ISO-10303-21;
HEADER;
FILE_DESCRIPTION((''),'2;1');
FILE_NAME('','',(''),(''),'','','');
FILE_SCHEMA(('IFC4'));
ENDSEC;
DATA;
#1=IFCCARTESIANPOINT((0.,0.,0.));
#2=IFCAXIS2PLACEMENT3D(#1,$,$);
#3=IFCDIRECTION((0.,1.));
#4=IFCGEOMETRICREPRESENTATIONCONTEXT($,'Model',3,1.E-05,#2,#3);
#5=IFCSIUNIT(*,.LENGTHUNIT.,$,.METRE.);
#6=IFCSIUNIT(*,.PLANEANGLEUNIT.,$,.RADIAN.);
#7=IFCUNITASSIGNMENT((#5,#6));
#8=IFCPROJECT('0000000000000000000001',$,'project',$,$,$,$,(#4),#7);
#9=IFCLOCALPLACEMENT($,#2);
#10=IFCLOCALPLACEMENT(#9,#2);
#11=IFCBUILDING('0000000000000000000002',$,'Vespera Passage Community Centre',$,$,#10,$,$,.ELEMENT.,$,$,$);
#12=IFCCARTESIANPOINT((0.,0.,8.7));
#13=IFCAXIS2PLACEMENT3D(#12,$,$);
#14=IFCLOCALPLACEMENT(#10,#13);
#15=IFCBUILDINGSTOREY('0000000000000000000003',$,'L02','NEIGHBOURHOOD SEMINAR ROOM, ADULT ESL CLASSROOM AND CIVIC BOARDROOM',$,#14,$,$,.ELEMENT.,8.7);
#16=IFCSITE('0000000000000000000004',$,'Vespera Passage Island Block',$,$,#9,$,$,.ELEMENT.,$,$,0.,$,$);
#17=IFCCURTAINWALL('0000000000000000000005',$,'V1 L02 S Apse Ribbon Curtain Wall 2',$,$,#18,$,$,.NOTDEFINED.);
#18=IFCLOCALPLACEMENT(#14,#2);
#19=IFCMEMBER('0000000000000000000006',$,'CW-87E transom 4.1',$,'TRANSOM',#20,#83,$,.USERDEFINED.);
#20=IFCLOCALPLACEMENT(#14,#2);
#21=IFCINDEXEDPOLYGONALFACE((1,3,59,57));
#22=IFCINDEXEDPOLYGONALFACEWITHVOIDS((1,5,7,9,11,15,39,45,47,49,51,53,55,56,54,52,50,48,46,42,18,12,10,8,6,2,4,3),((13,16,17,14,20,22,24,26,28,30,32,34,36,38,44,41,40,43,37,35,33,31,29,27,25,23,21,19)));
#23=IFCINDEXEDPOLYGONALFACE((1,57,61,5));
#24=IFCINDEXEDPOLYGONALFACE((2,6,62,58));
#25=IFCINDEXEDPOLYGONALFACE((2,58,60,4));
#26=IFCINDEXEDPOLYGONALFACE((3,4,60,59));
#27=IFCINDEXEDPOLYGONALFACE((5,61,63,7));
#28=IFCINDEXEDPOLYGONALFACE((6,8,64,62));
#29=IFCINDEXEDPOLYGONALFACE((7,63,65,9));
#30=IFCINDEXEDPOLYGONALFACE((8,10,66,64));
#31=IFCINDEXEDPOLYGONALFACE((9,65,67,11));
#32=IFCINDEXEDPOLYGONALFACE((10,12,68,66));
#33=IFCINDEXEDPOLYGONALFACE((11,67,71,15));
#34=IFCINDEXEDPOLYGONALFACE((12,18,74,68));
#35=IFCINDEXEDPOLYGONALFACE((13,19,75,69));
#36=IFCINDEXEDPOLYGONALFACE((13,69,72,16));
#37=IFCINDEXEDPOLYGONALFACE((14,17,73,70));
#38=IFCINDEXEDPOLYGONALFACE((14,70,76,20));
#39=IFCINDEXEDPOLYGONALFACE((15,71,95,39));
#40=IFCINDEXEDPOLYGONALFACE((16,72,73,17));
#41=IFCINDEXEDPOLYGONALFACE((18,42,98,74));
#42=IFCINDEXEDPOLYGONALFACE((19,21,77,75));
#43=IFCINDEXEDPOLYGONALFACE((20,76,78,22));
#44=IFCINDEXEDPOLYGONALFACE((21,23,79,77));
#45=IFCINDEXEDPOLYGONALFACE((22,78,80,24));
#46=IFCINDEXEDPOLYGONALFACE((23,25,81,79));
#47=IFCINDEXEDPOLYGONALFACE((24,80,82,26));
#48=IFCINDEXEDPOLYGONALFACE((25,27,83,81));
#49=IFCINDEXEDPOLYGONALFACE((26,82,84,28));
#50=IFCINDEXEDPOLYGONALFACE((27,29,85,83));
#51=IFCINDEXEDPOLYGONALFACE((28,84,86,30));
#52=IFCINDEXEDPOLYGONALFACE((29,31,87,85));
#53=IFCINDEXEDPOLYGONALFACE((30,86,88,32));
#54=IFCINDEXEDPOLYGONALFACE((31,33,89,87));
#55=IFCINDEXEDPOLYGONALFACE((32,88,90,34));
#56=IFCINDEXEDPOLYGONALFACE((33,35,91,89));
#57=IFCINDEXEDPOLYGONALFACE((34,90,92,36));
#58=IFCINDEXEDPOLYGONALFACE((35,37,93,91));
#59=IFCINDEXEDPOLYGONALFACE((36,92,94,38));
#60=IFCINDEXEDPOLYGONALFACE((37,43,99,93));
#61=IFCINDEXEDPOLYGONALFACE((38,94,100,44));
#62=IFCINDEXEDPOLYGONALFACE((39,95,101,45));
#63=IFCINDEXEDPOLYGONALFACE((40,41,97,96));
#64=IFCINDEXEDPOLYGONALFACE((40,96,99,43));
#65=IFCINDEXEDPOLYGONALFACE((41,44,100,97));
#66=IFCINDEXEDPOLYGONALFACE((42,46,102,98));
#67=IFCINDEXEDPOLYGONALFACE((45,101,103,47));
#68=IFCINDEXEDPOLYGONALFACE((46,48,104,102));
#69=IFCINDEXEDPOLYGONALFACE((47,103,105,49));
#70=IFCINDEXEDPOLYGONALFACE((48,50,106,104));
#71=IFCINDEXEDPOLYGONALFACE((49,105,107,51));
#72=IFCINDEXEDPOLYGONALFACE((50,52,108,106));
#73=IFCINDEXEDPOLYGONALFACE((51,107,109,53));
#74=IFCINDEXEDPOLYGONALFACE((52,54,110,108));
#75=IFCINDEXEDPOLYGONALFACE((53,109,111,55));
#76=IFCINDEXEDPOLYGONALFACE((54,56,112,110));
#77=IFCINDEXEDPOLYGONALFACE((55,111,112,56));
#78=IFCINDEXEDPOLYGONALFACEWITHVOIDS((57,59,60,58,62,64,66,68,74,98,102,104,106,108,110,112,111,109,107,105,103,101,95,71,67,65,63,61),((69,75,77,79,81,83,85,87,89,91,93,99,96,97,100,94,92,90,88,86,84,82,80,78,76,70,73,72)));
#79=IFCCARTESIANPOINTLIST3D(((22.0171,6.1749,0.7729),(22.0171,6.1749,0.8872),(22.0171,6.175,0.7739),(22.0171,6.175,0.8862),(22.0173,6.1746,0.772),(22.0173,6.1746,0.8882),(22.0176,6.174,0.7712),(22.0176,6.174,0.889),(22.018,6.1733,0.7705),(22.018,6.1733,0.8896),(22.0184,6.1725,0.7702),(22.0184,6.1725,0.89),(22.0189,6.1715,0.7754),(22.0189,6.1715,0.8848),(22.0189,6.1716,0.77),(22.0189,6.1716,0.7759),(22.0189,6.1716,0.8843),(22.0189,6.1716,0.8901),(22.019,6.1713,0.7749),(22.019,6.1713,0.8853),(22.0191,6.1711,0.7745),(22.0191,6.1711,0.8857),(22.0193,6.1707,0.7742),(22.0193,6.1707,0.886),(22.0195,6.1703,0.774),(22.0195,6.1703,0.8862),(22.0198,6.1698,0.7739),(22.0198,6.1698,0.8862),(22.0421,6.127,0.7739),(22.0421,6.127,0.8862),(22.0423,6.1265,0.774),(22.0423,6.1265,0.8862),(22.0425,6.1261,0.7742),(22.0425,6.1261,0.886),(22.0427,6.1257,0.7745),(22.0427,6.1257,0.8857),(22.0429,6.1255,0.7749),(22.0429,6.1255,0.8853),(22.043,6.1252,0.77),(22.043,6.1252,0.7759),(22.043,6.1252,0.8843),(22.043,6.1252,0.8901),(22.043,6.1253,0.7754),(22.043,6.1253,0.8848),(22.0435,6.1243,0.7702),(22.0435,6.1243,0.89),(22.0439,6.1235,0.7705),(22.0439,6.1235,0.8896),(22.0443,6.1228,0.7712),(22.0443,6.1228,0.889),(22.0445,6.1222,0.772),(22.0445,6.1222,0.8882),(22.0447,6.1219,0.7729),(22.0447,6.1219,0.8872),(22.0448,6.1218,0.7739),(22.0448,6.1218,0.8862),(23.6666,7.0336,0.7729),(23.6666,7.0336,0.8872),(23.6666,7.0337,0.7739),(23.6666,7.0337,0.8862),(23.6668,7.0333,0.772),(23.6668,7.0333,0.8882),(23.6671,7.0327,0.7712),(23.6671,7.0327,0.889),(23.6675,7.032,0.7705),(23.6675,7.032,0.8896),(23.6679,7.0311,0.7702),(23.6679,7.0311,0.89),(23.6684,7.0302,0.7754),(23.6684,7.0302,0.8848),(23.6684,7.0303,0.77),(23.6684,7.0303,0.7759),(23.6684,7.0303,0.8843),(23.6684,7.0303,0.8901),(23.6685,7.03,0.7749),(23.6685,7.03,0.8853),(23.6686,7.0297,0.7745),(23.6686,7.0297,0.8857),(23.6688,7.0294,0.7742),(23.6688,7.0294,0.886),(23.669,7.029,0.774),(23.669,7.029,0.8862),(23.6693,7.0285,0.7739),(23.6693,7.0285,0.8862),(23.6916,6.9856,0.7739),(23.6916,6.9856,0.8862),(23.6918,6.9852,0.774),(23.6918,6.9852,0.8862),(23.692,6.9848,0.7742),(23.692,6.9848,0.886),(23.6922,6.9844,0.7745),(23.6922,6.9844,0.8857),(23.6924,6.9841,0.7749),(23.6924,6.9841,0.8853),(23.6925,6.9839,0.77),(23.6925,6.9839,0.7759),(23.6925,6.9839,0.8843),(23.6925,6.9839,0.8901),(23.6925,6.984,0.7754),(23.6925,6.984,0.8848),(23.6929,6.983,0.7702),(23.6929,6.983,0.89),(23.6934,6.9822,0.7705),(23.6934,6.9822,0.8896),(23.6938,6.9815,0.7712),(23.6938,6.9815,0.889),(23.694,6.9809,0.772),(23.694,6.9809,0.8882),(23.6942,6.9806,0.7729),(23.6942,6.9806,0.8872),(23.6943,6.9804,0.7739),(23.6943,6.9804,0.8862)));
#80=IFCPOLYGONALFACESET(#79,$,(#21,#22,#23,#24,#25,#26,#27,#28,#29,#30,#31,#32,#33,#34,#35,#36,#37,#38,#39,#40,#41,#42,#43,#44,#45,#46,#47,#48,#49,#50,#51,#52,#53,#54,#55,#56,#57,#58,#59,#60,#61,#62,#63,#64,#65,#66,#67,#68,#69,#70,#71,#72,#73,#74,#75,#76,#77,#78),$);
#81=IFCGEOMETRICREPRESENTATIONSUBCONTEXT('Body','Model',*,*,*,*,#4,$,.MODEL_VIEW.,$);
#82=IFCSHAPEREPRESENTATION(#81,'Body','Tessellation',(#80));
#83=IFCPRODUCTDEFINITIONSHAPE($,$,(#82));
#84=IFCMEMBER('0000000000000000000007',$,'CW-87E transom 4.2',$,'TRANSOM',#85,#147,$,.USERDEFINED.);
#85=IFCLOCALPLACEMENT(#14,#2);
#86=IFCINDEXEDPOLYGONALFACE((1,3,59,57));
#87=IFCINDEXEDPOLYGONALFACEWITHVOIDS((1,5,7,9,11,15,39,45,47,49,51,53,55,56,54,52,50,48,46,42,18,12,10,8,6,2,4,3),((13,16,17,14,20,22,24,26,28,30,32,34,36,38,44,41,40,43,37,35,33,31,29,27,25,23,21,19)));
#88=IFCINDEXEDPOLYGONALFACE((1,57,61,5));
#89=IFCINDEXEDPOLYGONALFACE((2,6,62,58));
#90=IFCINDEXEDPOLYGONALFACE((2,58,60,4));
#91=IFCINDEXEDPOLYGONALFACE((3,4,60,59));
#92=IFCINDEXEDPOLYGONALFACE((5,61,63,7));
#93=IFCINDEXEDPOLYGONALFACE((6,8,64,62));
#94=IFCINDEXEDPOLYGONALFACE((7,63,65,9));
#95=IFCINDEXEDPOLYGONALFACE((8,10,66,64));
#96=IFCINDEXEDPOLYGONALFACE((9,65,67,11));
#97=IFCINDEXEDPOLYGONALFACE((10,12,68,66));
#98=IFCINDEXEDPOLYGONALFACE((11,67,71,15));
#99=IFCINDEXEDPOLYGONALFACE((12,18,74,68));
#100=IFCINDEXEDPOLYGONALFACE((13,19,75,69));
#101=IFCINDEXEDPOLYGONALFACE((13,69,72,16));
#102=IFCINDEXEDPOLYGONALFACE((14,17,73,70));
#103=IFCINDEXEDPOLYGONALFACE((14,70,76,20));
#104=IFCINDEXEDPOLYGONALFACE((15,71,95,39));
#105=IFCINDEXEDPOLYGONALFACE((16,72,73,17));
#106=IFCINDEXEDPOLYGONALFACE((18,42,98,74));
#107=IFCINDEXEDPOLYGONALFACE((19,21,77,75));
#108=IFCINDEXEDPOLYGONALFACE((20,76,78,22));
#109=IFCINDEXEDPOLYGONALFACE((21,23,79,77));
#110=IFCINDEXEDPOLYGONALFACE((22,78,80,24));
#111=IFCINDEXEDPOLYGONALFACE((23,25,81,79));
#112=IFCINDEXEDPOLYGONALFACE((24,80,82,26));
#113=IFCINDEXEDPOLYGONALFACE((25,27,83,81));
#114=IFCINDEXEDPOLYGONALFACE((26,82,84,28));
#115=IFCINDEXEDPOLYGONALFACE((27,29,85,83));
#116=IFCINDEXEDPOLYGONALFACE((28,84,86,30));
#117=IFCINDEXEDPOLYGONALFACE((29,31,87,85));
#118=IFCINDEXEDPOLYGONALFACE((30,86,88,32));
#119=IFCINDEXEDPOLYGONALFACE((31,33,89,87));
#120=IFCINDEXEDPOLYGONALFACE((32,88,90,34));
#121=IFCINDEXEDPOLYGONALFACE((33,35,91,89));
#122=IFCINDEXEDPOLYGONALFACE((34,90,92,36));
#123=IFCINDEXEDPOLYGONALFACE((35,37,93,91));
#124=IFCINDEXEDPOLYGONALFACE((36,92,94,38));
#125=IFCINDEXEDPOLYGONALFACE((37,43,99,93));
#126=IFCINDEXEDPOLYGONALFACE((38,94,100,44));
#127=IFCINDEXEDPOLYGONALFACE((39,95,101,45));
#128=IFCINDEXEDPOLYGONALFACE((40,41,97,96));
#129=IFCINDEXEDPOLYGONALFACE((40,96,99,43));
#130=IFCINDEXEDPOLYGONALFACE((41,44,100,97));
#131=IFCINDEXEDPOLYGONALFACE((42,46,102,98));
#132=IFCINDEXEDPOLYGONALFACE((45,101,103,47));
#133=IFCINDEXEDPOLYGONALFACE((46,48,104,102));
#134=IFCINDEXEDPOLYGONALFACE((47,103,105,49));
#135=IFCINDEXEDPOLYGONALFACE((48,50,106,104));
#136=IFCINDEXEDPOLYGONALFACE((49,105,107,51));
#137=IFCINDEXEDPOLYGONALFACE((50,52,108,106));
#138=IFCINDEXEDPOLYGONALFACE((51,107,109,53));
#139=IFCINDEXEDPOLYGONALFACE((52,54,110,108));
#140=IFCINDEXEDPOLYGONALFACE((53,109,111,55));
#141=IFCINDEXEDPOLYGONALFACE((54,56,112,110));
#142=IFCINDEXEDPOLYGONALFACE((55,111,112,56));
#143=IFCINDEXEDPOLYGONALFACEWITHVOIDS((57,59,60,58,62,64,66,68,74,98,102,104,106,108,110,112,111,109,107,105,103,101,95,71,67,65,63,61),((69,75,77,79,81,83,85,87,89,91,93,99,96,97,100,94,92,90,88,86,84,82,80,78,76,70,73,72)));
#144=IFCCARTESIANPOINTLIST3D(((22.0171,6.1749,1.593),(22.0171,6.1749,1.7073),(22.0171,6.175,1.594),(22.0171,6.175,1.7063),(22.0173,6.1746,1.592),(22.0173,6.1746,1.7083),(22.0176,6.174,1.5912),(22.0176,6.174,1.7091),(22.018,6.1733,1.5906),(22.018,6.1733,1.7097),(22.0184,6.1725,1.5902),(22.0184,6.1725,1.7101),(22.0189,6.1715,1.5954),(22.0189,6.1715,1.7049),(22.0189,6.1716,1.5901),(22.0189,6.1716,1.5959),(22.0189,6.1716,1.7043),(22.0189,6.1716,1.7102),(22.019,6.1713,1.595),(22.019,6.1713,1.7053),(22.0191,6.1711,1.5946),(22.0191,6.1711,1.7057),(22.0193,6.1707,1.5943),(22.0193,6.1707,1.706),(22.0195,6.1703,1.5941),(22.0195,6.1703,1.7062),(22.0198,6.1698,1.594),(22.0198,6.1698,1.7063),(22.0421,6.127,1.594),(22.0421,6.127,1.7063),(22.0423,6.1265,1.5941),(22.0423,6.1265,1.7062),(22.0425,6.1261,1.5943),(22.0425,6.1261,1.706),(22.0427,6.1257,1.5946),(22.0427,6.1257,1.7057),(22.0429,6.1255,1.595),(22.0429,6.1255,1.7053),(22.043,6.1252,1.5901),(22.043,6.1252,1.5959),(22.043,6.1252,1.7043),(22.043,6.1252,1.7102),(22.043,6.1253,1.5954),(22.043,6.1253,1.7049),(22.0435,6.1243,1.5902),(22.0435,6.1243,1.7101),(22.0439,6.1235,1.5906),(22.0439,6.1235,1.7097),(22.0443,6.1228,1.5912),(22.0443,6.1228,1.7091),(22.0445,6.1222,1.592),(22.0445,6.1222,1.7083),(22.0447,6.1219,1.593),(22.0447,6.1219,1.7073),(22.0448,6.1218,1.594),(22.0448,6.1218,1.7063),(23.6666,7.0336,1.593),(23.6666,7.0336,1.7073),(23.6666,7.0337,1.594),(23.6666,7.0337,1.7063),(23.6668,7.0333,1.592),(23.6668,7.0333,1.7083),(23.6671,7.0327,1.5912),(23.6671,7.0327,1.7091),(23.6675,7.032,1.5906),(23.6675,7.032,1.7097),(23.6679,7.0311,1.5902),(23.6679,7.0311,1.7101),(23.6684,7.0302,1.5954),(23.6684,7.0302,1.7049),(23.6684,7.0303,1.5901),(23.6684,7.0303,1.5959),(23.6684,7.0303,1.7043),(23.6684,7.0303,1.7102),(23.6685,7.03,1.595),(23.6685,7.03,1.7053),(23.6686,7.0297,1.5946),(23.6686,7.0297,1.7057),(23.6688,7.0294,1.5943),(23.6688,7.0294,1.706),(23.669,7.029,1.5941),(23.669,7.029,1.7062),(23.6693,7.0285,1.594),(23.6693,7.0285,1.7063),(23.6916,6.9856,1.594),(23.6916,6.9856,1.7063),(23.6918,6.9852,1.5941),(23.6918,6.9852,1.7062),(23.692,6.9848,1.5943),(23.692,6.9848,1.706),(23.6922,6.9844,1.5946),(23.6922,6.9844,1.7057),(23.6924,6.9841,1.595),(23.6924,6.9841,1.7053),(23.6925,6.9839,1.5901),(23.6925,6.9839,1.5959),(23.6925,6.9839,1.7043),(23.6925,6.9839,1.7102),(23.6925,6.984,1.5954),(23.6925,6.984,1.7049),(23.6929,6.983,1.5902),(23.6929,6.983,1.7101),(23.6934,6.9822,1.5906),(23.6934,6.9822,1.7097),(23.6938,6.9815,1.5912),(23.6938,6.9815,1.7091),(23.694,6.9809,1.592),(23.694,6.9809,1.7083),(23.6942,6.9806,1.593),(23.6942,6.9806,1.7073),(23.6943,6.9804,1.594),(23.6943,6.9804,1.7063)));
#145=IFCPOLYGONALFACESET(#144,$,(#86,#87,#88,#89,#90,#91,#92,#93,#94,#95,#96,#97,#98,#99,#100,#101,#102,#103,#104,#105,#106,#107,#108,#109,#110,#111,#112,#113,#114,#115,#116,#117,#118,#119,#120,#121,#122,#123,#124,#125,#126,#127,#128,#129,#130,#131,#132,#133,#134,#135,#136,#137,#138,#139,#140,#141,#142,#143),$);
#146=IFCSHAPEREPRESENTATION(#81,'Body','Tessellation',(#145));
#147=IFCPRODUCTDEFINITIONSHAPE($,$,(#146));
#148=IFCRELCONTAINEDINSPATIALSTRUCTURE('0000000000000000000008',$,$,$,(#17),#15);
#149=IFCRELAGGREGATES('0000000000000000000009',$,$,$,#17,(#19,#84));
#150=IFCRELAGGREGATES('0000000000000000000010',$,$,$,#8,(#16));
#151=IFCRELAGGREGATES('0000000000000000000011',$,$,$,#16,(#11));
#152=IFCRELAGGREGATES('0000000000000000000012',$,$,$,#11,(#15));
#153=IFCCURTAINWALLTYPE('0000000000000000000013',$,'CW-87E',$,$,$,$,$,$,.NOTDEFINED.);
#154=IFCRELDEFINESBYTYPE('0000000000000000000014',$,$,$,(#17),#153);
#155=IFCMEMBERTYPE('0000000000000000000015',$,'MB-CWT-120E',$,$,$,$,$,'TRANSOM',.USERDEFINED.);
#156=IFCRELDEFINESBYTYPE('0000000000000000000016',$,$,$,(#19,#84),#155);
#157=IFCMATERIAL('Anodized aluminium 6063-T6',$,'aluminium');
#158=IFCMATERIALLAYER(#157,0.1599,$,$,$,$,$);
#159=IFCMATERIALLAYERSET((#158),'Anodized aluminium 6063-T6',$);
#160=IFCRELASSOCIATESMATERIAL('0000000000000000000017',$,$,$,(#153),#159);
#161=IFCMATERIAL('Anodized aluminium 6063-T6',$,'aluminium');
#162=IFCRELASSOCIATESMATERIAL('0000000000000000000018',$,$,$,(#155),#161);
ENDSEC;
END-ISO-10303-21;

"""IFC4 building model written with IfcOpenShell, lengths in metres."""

from ifc_helpers import new_model, si_unit, direction, frame, origin, origin_2d, place, context, subcontext, project, spatial, hollow_rectangle, extrude, material, layer, layer_set, material_profile, profile_set, type_object, element, aggregate, save


model = new_model("IFC4")

# Units and contexts
model_context = context("Model", 3, precision=1e-05, world=origin(), true_north=direction((0.0, 1.0)))
body_context = subcontext(model_context, "Body", "Model", "MODEL_VIEW")
ifc_project = project(units=[si_unit("LENGTHUNIT", "METRE"), si_unit("PLANEANGLEUNIT", "RADIAN")], contexts=[model_context])

# Site, building, storey
site_placement = place(None, origin())
site = spatial("IfcSite", under=ifc_project, at=site_placement, Name="Vespera Passage Island Block", CompositionType="ELEMENT", RefElevation=0.0)
building_placement = place(site_placement, origin())
building = spatial("IfcBuilding", under=site, at=building_placement, Name="Vespera Passage Community Centre", CompositionType="ELEMENT")
storey_placement = place(building_placement, frame((0.0, 0.0, 8.7)))
storey = spatial("IfcBuildingStorey", under=building, at=storey_placement, Name="L02", Description="NEIGHBOURHOOD SEMINAR ROOM, ADULT ESL CLASSROOM AND CIVIC BOARDROOM", CompositionType="ELEMENT", Elevation=8.7)

# Curtain wall
ifc_material_1 = material(Name="Anodized aluminium 6063-T6", Category="aluminium")
ifc_layer_1 = layer(ifc_material_1, 0.1599)
ifc_layer_set_1 = layer_set([ifc_layer_1], Name="Anodized aluminium 6063-T6")
curtain_wall_type = type_object("IfcCurtainWallType", Name="CW-87E", PredefinedType="NOTDEFINED", material=ifc_layer_set_1)
curtain_wall_1_placement = place(storey_placement, origin())
curtain_wall_1 = element("IfcCurtainWall", 1, at=curtain_wall_1_placement, inside=storey, type_object=curtain_wall_type, Name="V1 L02 S Apse Ribbon Curtain Wall 2", PredefinedType="NOTDEFINED")

# Members
ifc_material_2 = material(Name="Anodized aluminium 6063-T6", Category="aluminium")
ifc_material_profile_1 = material_profile(ifc_material_2, hollow_rectangle(XDim=0.0601, YDim=0.1201, WallThickness=0.0039, InnerFilletRadius=0.002, OuterFilletRadius=0.0039, at=origin_2d()), Name="ALU120X60X4")
ifc_profile_set_1 = profile_set([ifc_material_profile_1], Name="Anodized aluminium 6063-T6")
member_type_1 = type_object("IfcMemberType", Name="MB-CWT-120E", ElementType="TRANSOM", PredefinedType="USERDEFINED", material=ifc_profile_set_1)
member_1_placement = place(storey_placement, frame((23.6804, 7.0071, 0.8301), z_axis=(-0.887008, -0.461754, 0.0), x_axis=(0.461754, -0.887008, 0.0)))
member_1 = element("IfcMember", 2, at=member_1_placement, type_object=member_type_1, Name="CW-87E transom 4.1", ObjectType="TRANSOM", PredefinedType="USERDEFINED", context=body_context, shape_type="SweptSolid", body=[
    extrude(hollow_rectangle(XDim=0.0601, YDim=0.1201, WallThickness=0.0039, InnerFilletRadius=0.002, OuterFilletRadius=0.0039, at=origin_2d()), origin(), (0.0, 0.0, 1.0), 1.8596),
])
member_2_placement = place(storey_placement, frame((23.6804, 7.0071, 1.6501), z_axis=(-0.887008, -0.461754, 0.0), x_axis=(0.461754, -0.887008, 0.0)))
member_2 = element("IfcMember", 3, at=member_2_placement, type_object=member_type_1, Name="CW-87E transom 4.2", ObjectType="TRANSOM", PredefinedType="USERDEFINED", context=body_context, shape_type="SweptSolid", body=[
    extrude(hollow_rectangle(XDim=0.0601, YDim=0.1201, WallThickness=0.0039, InnerFilletRadius=0.002, OuterFilletRadius=0.0039, at=origin_2d()), origin(), (0.0, 0.0, 1.0), 1.8596),
])

aggregate(curtain_wall_1, [member_1, member_2])

save(model, "model.ifc")
